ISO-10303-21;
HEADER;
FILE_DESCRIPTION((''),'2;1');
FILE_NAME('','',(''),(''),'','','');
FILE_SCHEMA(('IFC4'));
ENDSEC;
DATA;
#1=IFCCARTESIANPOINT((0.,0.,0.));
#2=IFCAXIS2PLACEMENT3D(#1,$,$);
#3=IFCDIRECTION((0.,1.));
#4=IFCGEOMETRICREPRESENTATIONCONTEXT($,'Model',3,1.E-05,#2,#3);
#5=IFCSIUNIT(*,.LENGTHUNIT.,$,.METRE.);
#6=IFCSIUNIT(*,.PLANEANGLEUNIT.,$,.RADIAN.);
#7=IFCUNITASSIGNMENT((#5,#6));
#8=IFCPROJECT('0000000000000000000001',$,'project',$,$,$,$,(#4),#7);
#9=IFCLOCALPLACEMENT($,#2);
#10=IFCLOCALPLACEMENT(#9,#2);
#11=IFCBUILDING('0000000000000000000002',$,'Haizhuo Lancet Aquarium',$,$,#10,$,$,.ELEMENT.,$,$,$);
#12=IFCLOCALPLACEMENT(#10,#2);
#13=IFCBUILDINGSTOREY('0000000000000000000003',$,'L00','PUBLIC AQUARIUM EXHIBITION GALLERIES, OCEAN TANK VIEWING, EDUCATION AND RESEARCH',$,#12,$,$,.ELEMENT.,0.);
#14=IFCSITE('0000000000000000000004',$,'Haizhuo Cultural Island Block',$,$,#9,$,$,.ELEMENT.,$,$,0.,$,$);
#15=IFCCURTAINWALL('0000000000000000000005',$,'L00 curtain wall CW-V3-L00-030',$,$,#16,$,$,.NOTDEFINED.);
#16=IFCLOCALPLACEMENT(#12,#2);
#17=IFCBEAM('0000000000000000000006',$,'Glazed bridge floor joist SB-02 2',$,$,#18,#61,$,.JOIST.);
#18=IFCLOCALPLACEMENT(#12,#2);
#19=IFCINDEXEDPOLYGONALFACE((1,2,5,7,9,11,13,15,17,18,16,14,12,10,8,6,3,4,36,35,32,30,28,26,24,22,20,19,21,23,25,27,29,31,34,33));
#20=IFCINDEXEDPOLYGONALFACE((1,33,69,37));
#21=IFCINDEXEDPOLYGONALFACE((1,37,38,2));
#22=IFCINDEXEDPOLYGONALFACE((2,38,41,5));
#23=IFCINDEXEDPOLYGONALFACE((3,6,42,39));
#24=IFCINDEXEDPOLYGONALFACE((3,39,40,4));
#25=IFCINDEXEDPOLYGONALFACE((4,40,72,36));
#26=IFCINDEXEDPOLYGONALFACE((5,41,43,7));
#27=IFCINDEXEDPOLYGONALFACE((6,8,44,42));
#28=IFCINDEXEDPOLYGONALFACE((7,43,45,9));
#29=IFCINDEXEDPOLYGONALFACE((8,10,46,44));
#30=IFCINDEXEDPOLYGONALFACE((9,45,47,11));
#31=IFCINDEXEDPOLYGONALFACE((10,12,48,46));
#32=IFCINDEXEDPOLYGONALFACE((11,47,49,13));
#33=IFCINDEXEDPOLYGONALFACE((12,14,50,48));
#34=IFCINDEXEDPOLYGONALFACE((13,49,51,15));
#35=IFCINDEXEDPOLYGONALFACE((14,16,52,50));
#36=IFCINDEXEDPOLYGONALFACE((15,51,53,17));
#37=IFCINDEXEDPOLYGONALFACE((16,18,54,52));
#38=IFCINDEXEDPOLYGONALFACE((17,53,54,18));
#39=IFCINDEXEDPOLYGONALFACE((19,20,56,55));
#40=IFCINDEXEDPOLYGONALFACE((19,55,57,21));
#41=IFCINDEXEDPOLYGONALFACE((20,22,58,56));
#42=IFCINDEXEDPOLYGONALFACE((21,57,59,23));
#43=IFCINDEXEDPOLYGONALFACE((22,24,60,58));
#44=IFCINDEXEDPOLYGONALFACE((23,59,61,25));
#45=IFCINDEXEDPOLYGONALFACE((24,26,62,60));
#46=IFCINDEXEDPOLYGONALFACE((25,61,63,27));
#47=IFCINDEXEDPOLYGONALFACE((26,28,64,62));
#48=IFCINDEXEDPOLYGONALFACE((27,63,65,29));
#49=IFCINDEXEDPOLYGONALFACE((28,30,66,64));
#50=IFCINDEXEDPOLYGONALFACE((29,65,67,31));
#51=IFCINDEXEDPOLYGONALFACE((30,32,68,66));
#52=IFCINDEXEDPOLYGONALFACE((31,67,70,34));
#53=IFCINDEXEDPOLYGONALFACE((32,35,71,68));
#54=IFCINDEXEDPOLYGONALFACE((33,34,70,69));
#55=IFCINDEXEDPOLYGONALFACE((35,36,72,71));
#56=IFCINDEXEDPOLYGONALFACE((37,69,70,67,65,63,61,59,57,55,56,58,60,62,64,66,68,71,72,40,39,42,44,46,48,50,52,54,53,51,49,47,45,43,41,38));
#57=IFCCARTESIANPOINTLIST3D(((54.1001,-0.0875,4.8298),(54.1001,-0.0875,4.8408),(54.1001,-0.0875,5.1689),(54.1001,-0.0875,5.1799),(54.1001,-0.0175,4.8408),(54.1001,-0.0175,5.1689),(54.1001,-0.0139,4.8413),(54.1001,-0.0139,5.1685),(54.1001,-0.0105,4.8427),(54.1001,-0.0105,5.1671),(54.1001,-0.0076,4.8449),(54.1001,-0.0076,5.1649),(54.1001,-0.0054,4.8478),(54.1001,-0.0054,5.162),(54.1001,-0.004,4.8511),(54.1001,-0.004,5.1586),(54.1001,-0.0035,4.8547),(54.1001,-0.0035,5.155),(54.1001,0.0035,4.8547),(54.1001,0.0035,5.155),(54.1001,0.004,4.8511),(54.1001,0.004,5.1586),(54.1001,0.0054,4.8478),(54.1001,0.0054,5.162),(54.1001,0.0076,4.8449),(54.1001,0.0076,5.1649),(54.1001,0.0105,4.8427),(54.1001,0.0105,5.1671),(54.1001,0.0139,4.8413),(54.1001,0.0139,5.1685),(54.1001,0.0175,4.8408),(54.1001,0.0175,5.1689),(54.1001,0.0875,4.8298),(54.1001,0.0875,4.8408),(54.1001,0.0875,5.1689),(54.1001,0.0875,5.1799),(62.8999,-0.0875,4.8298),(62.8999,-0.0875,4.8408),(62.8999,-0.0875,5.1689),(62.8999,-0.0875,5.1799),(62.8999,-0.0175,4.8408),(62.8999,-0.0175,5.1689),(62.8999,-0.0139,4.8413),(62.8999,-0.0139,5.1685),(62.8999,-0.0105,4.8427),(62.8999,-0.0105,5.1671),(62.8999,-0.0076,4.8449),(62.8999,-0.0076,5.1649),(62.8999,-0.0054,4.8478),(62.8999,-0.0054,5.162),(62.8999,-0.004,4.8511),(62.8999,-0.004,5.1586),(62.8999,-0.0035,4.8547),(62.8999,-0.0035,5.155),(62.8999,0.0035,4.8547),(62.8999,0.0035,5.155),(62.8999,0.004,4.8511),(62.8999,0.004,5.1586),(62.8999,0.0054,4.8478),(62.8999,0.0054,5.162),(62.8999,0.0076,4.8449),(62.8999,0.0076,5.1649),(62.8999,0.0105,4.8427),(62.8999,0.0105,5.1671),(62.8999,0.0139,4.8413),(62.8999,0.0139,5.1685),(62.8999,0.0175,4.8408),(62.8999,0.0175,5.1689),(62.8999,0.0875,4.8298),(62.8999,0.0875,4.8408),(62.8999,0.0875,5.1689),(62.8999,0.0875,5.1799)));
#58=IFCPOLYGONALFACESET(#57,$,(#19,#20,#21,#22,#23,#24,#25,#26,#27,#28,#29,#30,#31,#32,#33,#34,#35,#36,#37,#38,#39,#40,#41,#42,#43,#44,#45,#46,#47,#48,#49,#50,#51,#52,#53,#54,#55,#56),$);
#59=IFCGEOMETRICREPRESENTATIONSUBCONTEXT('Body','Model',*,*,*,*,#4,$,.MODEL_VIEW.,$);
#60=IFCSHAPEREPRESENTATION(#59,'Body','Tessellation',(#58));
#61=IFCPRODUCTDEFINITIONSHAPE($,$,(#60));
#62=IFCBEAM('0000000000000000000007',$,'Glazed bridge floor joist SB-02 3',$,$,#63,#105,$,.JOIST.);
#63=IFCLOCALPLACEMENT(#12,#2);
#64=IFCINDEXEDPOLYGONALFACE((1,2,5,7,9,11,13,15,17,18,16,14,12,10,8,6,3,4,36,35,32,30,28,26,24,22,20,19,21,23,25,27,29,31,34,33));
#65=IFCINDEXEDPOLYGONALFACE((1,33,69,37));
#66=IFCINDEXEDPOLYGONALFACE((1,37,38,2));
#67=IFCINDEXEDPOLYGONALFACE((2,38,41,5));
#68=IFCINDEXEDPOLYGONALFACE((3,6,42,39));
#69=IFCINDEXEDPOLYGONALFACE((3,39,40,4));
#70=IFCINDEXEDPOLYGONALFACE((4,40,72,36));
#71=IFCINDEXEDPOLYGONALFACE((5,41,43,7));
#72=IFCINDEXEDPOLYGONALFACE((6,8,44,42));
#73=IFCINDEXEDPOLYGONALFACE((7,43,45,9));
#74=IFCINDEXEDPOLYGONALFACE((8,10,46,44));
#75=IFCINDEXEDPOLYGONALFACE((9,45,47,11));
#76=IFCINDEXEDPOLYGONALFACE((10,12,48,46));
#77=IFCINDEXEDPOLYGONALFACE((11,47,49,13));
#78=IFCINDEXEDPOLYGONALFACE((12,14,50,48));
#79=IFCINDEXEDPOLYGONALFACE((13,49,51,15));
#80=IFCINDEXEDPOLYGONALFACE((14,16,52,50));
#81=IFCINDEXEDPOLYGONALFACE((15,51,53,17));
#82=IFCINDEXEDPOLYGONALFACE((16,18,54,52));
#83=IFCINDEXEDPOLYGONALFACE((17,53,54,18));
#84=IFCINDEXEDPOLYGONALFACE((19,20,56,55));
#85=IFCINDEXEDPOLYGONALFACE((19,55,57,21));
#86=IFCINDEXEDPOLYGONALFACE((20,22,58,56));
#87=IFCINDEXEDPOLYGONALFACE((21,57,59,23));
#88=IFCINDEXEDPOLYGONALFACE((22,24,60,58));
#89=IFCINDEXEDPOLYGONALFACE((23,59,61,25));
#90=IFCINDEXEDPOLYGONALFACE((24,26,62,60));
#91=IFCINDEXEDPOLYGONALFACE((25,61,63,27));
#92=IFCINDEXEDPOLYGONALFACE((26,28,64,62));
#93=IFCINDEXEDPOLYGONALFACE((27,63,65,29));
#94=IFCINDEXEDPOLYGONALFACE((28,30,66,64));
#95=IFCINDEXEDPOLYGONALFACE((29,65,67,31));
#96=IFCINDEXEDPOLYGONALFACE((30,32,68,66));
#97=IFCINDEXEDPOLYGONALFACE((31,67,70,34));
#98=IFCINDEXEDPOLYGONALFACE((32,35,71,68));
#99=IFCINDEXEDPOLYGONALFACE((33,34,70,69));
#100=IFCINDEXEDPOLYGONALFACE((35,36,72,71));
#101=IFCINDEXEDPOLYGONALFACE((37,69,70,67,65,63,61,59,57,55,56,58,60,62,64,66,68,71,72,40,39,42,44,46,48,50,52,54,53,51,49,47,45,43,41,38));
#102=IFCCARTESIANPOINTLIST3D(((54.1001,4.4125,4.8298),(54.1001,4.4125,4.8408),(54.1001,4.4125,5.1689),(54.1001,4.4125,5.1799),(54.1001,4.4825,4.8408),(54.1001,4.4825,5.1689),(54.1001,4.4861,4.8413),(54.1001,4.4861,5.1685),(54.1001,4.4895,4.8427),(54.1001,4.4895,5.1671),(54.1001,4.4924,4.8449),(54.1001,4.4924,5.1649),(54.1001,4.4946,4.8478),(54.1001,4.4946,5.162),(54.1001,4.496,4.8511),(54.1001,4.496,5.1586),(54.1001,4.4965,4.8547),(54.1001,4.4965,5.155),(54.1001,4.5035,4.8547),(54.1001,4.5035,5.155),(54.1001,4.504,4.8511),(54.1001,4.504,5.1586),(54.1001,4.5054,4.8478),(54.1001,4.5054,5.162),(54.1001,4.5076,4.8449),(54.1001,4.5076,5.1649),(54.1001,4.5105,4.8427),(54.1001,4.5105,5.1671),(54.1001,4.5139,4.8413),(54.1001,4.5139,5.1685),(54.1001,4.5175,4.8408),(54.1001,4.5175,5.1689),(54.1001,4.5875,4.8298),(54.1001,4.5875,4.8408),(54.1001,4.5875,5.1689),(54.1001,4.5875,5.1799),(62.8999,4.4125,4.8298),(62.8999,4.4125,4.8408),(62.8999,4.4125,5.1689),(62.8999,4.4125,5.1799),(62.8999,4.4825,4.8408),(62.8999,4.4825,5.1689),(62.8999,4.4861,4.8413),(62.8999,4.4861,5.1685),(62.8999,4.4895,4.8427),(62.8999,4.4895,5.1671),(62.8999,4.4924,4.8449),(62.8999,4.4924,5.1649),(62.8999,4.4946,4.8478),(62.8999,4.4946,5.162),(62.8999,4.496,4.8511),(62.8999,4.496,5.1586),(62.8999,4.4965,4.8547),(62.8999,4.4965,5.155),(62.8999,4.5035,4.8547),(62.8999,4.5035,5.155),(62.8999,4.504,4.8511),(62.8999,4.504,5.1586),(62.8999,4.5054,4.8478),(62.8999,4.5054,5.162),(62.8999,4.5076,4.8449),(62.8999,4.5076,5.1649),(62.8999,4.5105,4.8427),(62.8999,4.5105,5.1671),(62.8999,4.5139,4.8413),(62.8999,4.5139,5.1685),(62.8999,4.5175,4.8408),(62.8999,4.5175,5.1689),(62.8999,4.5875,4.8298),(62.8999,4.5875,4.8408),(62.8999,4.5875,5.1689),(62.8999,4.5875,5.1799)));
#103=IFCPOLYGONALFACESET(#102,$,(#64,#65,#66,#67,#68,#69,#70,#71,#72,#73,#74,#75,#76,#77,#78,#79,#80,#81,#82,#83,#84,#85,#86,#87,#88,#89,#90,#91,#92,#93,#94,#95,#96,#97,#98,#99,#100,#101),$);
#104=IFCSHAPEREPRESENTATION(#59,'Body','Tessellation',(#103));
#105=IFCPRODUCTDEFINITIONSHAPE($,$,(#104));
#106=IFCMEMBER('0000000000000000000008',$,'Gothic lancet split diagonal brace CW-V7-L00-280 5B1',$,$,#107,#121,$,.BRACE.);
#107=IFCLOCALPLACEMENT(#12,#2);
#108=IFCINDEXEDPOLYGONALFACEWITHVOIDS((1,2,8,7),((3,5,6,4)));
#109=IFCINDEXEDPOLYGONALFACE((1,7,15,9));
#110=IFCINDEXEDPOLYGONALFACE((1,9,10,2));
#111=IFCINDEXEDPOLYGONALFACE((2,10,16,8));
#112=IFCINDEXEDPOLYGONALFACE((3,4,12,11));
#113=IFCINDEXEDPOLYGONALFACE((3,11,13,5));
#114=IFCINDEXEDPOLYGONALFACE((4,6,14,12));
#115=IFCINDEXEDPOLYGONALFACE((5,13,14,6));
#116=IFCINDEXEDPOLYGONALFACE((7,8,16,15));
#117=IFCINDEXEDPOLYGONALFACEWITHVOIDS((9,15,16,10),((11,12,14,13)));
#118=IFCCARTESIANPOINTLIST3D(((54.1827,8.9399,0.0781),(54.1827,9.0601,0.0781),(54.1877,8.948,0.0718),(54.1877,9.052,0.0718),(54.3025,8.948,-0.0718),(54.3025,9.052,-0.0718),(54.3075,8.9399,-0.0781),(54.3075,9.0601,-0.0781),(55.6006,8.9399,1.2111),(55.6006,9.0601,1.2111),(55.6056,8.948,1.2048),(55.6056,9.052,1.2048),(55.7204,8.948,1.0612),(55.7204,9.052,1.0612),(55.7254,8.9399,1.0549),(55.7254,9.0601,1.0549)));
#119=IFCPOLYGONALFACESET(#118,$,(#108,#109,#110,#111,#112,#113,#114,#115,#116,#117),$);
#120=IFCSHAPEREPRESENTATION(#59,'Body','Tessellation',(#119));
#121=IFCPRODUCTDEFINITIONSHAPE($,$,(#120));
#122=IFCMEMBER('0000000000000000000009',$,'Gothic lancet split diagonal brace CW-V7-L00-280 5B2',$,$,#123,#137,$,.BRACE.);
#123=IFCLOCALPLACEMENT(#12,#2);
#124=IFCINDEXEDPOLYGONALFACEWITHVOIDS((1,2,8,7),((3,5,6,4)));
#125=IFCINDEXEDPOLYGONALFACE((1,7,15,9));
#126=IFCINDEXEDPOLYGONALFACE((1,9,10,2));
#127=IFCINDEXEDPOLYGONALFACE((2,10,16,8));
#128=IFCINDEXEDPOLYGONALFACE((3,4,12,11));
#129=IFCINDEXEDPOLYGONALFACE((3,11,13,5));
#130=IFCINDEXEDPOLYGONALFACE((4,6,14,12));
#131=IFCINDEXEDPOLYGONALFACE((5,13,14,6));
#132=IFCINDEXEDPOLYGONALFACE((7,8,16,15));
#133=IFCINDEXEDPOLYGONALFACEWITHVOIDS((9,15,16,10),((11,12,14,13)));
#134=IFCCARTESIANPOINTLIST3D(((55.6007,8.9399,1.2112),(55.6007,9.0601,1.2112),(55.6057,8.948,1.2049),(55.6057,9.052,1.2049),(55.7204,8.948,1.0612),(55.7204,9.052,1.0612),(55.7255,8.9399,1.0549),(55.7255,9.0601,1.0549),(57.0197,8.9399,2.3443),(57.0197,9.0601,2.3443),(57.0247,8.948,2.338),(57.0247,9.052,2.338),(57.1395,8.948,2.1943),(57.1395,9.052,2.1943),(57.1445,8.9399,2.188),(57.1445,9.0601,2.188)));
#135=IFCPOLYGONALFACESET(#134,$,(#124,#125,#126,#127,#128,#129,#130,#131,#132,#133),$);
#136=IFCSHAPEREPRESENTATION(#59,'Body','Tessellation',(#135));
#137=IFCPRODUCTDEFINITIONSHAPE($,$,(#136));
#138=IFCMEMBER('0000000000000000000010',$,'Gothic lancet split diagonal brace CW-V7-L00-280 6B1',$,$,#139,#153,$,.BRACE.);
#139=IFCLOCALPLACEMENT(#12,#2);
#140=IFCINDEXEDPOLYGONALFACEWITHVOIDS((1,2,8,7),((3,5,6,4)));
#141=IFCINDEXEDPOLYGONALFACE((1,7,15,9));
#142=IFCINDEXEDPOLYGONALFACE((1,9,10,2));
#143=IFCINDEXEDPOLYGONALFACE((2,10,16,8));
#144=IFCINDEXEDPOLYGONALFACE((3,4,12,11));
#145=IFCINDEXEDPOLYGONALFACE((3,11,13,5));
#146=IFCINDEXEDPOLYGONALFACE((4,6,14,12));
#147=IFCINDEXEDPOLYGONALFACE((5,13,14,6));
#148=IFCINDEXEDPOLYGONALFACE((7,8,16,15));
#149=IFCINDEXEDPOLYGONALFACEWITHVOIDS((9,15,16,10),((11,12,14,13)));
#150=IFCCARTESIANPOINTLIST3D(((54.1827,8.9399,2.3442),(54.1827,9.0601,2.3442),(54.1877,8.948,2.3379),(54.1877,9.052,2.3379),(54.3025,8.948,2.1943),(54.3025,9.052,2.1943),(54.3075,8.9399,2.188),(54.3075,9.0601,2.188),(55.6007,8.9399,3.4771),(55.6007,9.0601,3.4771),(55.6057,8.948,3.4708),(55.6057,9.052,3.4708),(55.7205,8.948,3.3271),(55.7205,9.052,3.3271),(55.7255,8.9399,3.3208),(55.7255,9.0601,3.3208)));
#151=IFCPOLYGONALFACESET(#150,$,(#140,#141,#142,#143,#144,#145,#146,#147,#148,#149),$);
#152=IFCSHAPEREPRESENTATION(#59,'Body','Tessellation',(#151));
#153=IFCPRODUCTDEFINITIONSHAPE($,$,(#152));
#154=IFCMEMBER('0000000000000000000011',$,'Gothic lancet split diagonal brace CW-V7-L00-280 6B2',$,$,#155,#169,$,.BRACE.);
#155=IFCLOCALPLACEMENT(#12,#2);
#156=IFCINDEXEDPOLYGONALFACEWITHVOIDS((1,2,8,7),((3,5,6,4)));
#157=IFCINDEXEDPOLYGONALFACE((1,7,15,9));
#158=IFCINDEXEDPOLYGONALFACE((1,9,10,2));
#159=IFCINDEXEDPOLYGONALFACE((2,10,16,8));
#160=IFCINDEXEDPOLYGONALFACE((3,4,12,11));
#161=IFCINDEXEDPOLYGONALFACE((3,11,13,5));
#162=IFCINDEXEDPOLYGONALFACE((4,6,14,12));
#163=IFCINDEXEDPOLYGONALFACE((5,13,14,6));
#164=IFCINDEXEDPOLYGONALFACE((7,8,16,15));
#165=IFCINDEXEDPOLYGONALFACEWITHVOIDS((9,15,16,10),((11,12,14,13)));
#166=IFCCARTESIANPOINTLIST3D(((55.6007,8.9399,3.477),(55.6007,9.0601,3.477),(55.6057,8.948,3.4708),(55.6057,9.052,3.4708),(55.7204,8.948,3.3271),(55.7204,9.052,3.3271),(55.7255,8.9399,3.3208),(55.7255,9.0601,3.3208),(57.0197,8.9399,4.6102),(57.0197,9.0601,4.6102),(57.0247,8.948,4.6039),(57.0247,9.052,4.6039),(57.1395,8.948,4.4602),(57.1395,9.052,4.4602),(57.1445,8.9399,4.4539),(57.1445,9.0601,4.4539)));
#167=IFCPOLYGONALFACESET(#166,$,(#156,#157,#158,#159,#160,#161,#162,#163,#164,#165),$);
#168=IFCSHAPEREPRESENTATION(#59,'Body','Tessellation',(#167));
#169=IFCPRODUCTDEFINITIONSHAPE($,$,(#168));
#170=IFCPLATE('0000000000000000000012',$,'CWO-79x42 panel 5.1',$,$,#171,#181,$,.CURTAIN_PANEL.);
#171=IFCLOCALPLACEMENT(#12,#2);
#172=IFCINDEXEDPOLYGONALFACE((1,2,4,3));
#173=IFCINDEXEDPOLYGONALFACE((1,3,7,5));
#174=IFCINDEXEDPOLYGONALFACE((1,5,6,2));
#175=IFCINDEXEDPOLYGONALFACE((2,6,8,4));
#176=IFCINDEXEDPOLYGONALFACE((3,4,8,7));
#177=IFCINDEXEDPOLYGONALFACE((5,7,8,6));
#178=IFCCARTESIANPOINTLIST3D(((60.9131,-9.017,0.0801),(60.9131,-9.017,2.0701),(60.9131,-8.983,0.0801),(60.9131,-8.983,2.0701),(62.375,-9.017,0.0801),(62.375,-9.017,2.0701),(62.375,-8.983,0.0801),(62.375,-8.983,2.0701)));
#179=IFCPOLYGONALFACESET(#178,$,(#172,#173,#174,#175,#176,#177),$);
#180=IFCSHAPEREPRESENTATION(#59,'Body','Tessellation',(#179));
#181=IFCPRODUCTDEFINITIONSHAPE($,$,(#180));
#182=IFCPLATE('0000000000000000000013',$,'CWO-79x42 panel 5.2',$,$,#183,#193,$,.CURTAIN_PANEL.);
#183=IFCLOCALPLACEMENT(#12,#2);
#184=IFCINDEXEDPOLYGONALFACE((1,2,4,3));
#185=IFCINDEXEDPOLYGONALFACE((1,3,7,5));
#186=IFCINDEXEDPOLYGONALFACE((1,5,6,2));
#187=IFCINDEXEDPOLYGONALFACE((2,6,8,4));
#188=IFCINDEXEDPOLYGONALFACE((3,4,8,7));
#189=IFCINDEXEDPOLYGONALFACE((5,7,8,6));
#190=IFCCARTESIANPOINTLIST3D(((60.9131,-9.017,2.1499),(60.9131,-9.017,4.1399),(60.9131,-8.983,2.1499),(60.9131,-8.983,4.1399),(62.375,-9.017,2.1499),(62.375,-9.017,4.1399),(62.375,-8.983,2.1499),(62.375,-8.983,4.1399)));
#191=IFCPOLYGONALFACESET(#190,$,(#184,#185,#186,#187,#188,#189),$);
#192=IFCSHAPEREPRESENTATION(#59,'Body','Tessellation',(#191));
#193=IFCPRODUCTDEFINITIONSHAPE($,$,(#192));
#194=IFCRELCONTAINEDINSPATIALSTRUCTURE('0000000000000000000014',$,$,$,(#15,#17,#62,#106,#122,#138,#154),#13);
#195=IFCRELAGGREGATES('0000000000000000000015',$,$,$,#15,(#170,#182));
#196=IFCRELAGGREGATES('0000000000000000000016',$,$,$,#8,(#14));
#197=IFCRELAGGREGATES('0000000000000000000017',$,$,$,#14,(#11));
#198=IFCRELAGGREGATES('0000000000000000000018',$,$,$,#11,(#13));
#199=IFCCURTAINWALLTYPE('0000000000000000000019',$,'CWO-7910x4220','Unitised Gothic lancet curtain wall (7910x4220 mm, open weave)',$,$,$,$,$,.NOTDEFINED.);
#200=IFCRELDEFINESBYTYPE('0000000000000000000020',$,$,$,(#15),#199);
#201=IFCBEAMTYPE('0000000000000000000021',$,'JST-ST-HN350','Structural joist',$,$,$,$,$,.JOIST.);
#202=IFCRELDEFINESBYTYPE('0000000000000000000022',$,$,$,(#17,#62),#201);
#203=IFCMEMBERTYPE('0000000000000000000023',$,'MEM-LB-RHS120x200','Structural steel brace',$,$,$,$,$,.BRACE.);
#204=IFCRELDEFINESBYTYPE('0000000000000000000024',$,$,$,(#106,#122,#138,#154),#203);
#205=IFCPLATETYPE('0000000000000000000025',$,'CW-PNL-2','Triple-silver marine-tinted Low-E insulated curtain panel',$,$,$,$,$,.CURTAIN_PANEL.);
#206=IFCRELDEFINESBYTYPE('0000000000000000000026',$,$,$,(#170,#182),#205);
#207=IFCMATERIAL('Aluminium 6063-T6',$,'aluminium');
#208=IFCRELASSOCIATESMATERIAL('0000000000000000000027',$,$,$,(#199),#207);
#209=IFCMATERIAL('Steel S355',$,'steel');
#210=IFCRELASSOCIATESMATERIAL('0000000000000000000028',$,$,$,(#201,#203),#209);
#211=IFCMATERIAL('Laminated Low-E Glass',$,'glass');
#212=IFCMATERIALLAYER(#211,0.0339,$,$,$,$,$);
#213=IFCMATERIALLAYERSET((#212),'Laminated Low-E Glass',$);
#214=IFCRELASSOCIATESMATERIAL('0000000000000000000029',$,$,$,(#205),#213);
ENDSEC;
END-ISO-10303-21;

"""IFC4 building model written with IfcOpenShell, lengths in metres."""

from ifc_helpers import new_model, si_unit, direction, frame, origin, origin_2d, place, context, subcontext, project, spatial, rectangle, hollow_rectangle, i_section, extrude, material, layer, layer_set, material_profile, profile_set, type_object, element, aggregate, save


model = new_model("IFC4")

# Units and contexts
model_context = context("Model", 3, precision=1e-05, world=origin(), true_north=direction((0.0, 1.0)))
body_context = subcontext(model_context, "Body", "Model", "MODEL_VIEW")
ifc_project = project(units=[si_unit("LENGTHUNIT", "METRE"), si_unit("PLANEANGLEUNIT", "RADIAN")], contexts=[model_context])

# Site, building, storey
site_placement = place(None, origin())
site = spatial("IfcSite", under=ifc_project, at=site_placement, Name="Haizhuo Cultural Island Block", CompositionType="ELEMENT", RefElevation=0.0)
building_placement = place(site_placement, origin())
building = spatial("IfcBuilding", under=site, at=building_placement, Name="Haizhuo Lancet Aquarium", CompositionType="ELEMENT")
storey_placement = place(building_placement, origin())
storey = spatial("IfcBuildingStorey", under=building, at=storey_placement, Name="L00", Description="PUBLIC AQUARIUM EXHIBITION GALLERIES, OCEAN TANK VIEWING, EDUCATION AND RESEARCH", CompositionType="ELEMENT", Elevation=0.0)

# Shared definitions
ifc_material_1 = material(Name="Steel S355", Category="steel")

# Curtain wall
ifc_material_2 = material(Name="Aluminium 6063-T6", Category="aluminium")
curtain_wall_type_1 = type_object("IfcCurtainWallType", Name="CWO-7910x4220", Description="Unitised Gothic lancet curtain wall (7910x4220 mm, open weave)", PredefinedType="NOTDEFINED", material=ifc_material_2)
curtain_wall_1_placement = place(storey_placement, origin())
curtain_wall_1 = element("IfcCurtainWall", 1, at=curtain_wall_1_placement, inside=storey, type_object=curtain_wall_type_1, Name="L00 curtain wall CW-V3-L00-030", PredefinedType="NOTDEFINED")

# Beams
ifc_material_profile_1 = material_profile(ifc_material_1, i_section(OverallWidth=0.175, OverallDepth=0.3501, WebThickness=0.0071, FlangeThickness=0.011, FilletRadius=0.0139, at=origin_2d()), Name="HN 350x175x7x11")
ifc_profile_set_1 = profile_set([ifc_material_profile_1], Name="Steel S355")
beam_type_1 = type_object("IfcBeamType", Name="JST-ST-HN350", Description="Structural joist", PredefinedType="JOIST", material=ifc_profile_set_1)
for number, where, z_axis, x_axis, name in (
    (2, (54.1001, 0.0, 5.0049), (1.0, 0.0, 0.0), (0.0, 1.0, 0.0), "Glazed bridge floor joist SB-02 2"),
    (3, (54.1001, 4.5, 5.0049), (1.0, 0.0, 0.0), (0.0, 1.0, 0.0), "Glazed bridge floor joist SB-02 3"),
):
    element("IfcBeam", number, at=place(storey_placement, frame(where, z_axis=z_axis, x_axis=x_axis)), inside=storey, type_object=beam_type_1, Name=name, PredefinedType="JOIST", context=body_context, shape_type="SweptSolid", body=[
        extrude(i_section(OverallWidth=0.175, OverallDepth=0.3501, WebThickness=0.0071, FlangeThickness=0.011, FilletRadius=0.0139, at=origin_2d()), origin(), (0.0, 0.0, 1.0), 8.7998),
    ])

# Members
ifc_material_profile_2 = material_profile(ifc_material_1, hollow_rectangle(XDim=0.1201, YDim=0.2, WallThickness=0.0081, at=origin_2d()), Name="RHS 120x200x8")
ifc_profile_set_2 = profile_set([ifc_material_profile_2], Name="Steel S355")
member_type_1 = type_object("IfcMemberType", Name="MEM-LB-RHS120x200", Description="Structural steel brace", PredefinedType="BRACE", material=ifc_profile_set_2)
member_1_placement = place(storey_placement, frame((54.2451, 9.0, 0.0), z_axis=(0.781223, 0.0, 0.624252), x_axis=(0.0, 1.0, 0.0)))
element("IfcMember", 4, at=member_1_placement, inside=storey, type_object=member_type_1, Name="Gothic lancet split diagonal brace CW-V7-L00-280 5B1", PredefinedType="BRACE", context=body_context, shape_type="SweptSolid", body=[
    extrude(hollow_rectangle(XDim=0.1201, YDim=0.2, WallThickness=0.0081, at=origin_2d()), origin(), (0.0, 0.0, 1.0), 1.8149),
])
member_2_placement = place(storey_placement, frame((55.6631, 9.0, 1.1331), z_axis=(0.781433, 0.0, 0.62399), x_axis=(0.0, 1.0, 0.0)))
element("IfcMember", 5, at=member_2_placement, inside=storey, type_object=member_type_1, Name="Gothic lancet split diagonal brace CW-V7-L00-280 5B2", PredefinedType="BRACE", context=body_context, shape_type="SweptSolid", body=[
    extrude(hollow_rectangle(XDim=0.1201, YDim=0.2, WallThickness=0.0081, at=origin_2d()), origin(), (0.0, 0.0, 1.0), 1.8159),
])
member_3_placement = place(storey_placement, frame((54.2451, 9.0, 2.2661), z_axis=(0.781289, 0.0, 0.62417), x_axis=(0.0, 1.0, 0.0)))
element("IfcMember", 6, at=member_3_placement, inside=storey, type_object=member_type_1, Name="Gothic lancet split diagonal brace CW-V7-L00-280 6B1", PredefinedType="BRACE", context=body_context, shape_type="SweptSolid", body=[
    extrude(hollow_rectangle(XDim=0.1201, YDim=0.2, WallThickness=0.0081, at=origin_2d()), origin(), (0.0, 0.0, 1.0), 1.8149),
])
member_4_placement = place(storey_placement, frame((55.6631, 9.0, 3.3989), z_axis=(0.781433, 0.0, 0.62399), x_axis=(0.0, 1.0, 0.0)))
element("IfcMember", 7, at=member_4_placement, inside=storey, type_object=member_type_1, Name="Gothic lancet split diagonal brace CW-V7-L00-280 6B2", PredefinedType="BRACE", context=body_context, shape_type="SweptSolid", body=[
    extrude(hollow_rectangle(XDim=0.1201, YDim=0.2, WallThickness=0.0081, at=origin_2d()), origin(), (0.0, 0.0, 1.0), 1.8159),
])

# Plates
ifc_material_3 = material(Name="Laminated Low-E Glass", Category="glass")
ifc_layer_1 = layer(ifc_material_3, 0.0339)
ifc_layer_set_1 = layer_set([ifc_layer_1], Name="Laminated Low-E Glass")
plate_type_1 = type_object("IfcPlateType", Name="CW-PNL-2", Description="Triple-silver marine-tinted Low-E insulated curtain panel", PredefinedType="CURTAIN_PANEL", material=ifc_layer_set_1)
plate_1_placement = place(storey_placement, frame((61.644, -9.0, 0.0801), z_axis=(0.0, 0.0, 1.0), x_axis=(1.0, 0.0, 0.0)))
plate_1 = element("IfcPlate", 8, at=plate_1_placement, type_object=plate_type_1, Name="CWO-79x42 panel 5.1", PredefinedType="CURTAIN_PANEL", context=body_context, shape_type="SweptSolid", body=[
    extrude(rectangle(XDim=1.4619, YDim=0.0339, at=origin_2d()), origin(), (0.0, 0.0, 1.0), 1.99),
])
plate_2_placement = place(storey_placement, frame((61.644, -9.0, 2.1499), z_axis=(0.0, 0.0, 1.0), x_axis=(1.0, 0.0, 0.0)))
plate_2 = element("IfcPlate", 9, at=plate_2_placement, type_object=plate_type_1, Name="CWO-79x42 panel 5.2", PredefinedType="CURTAIN_PANEL", context=body_context, shape_type="SweptSolid", body=[
    extrude(rectangle(XDim=1.4619, YDim=0.0339, at=origin_2d()), origin(), (0.0, 0.0, 1.0), 1.99),
])
aggregate(curtain_wall_1, [plate_1, plate_2])

save(model, "model.ifc")
